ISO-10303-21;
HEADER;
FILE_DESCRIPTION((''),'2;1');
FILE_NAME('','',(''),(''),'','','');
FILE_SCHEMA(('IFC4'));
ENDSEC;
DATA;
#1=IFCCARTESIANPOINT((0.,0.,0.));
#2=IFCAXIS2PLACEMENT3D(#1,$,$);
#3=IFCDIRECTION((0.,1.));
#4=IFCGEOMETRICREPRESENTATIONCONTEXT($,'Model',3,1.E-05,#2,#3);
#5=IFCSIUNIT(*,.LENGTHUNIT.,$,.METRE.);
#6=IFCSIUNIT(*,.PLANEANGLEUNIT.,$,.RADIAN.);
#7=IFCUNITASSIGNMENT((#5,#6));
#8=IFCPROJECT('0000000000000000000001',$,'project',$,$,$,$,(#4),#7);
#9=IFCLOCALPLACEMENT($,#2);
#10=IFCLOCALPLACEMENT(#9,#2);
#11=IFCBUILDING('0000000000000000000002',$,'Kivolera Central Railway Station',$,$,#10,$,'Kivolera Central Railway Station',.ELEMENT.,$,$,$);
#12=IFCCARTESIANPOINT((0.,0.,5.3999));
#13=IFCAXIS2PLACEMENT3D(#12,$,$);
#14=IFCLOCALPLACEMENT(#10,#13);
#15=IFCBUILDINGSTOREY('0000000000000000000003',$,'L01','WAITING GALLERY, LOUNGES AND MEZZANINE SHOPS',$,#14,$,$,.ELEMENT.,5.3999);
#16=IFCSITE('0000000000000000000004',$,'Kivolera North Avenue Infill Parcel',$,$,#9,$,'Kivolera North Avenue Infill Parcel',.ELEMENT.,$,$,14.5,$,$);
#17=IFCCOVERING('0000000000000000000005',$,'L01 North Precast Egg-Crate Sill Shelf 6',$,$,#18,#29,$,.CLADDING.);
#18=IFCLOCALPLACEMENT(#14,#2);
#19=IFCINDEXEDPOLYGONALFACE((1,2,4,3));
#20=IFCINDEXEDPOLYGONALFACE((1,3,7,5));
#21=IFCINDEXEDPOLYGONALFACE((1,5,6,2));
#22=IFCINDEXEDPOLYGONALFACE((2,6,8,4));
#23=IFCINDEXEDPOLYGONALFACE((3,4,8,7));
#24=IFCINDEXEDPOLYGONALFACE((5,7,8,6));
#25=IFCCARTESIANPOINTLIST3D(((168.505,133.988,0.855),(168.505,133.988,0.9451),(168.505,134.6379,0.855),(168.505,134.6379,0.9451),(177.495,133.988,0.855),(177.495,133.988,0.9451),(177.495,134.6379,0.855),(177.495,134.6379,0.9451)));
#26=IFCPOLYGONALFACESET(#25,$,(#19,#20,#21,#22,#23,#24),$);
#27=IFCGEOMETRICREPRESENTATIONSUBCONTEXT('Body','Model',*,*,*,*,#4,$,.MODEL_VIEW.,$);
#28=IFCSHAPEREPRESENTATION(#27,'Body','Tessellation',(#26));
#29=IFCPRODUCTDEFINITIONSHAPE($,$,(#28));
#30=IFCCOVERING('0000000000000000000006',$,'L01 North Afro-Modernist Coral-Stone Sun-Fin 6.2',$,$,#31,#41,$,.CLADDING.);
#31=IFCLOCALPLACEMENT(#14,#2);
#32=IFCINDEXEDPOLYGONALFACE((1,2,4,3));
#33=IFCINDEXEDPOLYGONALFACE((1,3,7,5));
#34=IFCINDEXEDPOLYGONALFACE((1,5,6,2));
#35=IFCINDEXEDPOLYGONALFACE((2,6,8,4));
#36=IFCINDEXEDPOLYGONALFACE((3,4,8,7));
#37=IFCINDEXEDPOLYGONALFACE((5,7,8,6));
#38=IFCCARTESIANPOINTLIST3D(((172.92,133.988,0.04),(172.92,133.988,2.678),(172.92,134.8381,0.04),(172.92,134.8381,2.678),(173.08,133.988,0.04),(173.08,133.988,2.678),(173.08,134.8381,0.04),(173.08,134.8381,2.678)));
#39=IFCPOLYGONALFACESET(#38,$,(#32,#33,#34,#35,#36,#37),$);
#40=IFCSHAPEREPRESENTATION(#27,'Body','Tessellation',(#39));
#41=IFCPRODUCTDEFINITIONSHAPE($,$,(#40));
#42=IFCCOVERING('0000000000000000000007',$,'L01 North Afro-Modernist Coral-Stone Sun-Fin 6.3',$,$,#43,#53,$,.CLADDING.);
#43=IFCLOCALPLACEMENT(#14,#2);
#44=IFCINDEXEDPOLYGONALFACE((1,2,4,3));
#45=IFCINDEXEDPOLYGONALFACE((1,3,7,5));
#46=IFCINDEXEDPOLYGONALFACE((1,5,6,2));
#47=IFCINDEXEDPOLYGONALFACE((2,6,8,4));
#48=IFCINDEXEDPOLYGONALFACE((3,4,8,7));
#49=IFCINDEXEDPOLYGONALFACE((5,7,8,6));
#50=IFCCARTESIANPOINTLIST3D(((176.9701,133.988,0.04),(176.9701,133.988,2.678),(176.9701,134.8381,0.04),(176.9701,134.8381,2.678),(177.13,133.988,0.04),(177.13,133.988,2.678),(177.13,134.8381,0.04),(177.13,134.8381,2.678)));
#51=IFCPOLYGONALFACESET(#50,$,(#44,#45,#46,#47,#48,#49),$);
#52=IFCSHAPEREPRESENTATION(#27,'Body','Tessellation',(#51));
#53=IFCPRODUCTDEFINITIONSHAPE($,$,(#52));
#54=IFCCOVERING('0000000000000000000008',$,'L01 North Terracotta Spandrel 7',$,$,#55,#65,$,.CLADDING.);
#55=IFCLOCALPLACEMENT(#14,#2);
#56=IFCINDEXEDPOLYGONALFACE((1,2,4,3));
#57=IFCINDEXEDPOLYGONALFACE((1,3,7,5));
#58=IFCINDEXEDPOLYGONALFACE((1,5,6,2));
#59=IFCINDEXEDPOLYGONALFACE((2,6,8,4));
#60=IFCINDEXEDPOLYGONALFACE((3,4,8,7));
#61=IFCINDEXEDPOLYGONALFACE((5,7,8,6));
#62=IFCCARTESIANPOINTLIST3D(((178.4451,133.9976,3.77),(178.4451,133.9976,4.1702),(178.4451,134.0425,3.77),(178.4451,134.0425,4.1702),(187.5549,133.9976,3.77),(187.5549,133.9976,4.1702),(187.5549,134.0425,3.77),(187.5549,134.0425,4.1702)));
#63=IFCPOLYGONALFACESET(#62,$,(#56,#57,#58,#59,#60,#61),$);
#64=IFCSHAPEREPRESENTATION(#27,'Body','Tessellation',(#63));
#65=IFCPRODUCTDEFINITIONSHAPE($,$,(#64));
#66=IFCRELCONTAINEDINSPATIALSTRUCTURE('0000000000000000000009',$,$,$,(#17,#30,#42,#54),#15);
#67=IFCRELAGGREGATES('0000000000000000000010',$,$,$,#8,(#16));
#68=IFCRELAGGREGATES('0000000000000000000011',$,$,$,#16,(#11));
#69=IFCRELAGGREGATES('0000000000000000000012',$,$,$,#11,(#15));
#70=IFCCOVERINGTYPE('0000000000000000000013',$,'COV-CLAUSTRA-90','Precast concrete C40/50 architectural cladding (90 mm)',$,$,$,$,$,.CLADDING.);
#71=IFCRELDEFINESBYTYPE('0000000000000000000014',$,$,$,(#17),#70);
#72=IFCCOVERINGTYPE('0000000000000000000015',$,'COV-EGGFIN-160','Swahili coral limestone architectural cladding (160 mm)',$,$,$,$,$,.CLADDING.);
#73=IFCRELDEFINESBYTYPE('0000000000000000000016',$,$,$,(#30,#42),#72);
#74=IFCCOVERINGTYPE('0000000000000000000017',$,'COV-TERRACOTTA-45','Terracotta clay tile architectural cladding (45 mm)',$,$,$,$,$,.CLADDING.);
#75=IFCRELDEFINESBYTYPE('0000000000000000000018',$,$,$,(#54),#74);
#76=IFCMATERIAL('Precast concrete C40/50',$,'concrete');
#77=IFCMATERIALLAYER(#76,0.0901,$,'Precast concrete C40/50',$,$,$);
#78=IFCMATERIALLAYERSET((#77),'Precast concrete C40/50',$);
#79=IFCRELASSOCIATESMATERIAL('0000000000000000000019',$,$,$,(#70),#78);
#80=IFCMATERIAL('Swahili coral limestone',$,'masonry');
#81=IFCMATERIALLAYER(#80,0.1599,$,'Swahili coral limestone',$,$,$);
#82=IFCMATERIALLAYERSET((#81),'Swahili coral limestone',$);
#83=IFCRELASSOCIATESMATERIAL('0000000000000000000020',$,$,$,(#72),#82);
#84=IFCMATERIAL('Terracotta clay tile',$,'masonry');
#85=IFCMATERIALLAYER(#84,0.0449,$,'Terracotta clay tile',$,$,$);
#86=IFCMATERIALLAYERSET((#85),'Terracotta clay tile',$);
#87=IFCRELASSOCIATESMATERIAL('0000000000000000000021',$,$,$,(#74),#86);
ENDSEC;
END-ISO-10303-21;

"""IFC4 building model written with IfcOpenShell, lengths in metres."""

from ifc_helpers import new_model, si_unit, direction, frame, frame_2d, origin, origin_2d, place, context, subcontext, project, spatial, rectangle, extrude, material, layer, layer_set, type_object, element, save


model = new_model("IFC4")

# Units and contexts
model_context = context("Model", 3, precision=1e-05, world=origin(), true_north=direction((0.0, 1.0)))
body_context = subcontext(model_context, "Body", "Model", "MODEL_VIEW")
ifc_project = project(units=[si_unit("LENGTHUNIT", "METRE"), si_unit("PLANEANGLEUNIT", "RADIAN")], contexts=[model_context])

# Site, building, storey
site_placement = place(None, origin())
site = spatial("IfcSite", under=ifc_project, at=site_placement, Name="Kivolera North Avenue Infill Parcel", LongName="Kivolera North Avenue Infill Parcel", CompositionType="ELEMENT", RefElevation=14.5)
building_placement = place(site_placement, origin())
building = spatial("IfcBuilding", under=site, at=building_placement, Name="Kivolera Central Railway Station", LongName="Kivolera Central Railway Station", CompositionType="ELEMENT")
storey_placement = place(building_placement, frame((0.0, 0.0, 5.3999)))
storey = spatial("IfcBuildingStorey", under=building, at=storey_placement, Name="L01", Description="WAITING GALLERY, LOUNGES AND MEZZANINE SHOPS", CompositionType="ELEMENT", Elevation=5.3999)

# Shared definitions
ifc_material_1 = material(Name="Swahili coral limestone", Category="masonry")

# Coverings
ifc_material_2 = material(Name="Precast concrete C40/50", Category="concrete")
ifc_layer_1 = layer(ifc_material_2, 0.0901, Name="Precast concrete C40/50")
ifc_layer_set_1 = layer_set([ifc_layer_1], Name="Precast concrete C40/50")
covering_type_1 = type_object("IfcCoveringType", Name="COV-CLAUSTRA-90", Description="Precast concrete C40/50 architectural cladding (90 mm)", PredefinedType="CLADDING", material=ifc_layer_set_1)
covering_1_placement = place(storey_placement, frame((173.0, 134.313, 0.855), z_axis=(0.0, 0.0, 1.0), x_axis=(1.0, 0.0, 0.0)))
element("IfcCovering", 1, at=covering_1_placement, inside=storey, type_object=covering_type_1, Name="L01 North Precast Egg-Crate Sill Shelf 6", PredefinedType="CLADDING", context=body_context, shape_type="SweptSolid", body=[
    extrude(rectangle(XDim=8.99, YDim=0.6499, at=origin_2d()), origin(), (0.0, 0.0, 1.0), 0.0901),
])
ifc_layer_2 = layer(ifc_material_1, 0.1599, Name="Swahili coral limestone")
ifc_layer_set_2 = layer_set([ifc_layer_2], Name="Swahili coral limestone")
covering_type_2 = type_object("IfcCoveringType", Name="COV-EGGFIN-160", Description="Swahili coral limestone architectural cladding (160 mm)", PredefinedType="CLADDING", material=ifc_layer_set_2)
for number, where, z_axis, x_axis, name in (
    (2, (173.0, 134.4131, 0.04), (0.0, 0.0, 1.0), (1.0, 0.0, 0.0), "L01 North Afro-Modernist Coral-Stone Sun-Fin 6.2"),
    (3, (177.05, 134.4131, 0.04), (0.0, 0.0, 1.0), (1.0, 0.0, 0.0), "L01 North Afro-Modernist Coral-Stone Sun-Fin 6.3"),
):
    element("IfcCovering", number, at=place(storey_placement, frame(where, z_axis=z_axis, x_axis=x_axis)), inside=storey, type_object=covering_type_2, Name=name, PredefinedType="CLADDING", context=body_context, shape_type="SweptSolid", body=[
        extrude(rectangle(XDim=0.1599, YDim=0.8501, at=origin_2d()), origin(), (0.0, 0.0, 1.0), 2.6379),
    ])
ifc_material_3 = material(Name="Terracotta clay tile", Category="masonry")
ifc_layer_3 = layer(ifc_material_3, 0.0449, Name="Terracotta clay tile")
ifc_layer_set_3 = layer_set([ifc_layer_3], Name="Terracotta clay tile")
covering_type_3 = type_object("IfcCoveringType", Name="COV-TERRACOTTA-45", Description="Terracotta clay tile architectural cladding (45 mm)", PredefinedType="CLADDING", material=ifc_layer_set_3)
covering_2_placement = place(storey_placement, frame((178.4451, 134.02, 3.77), z_axis=(0.0, 0.0, 1.0), x_axis=(1.0, 0.0, 0.0)))
element("IfcCovering", 4, at=covering_2_placement, inside=storey, type_object=covering_type_3, Name="L01 North Terracotta Spandrel 7", PredefinedType="CLADDING", context=body_context, shape_type="SweptSolid", body=[
    extrude(rectangle(XDim=9.1099, YDim=0.0449, at=frame_2d((4.5549, 0.0))), origin(), (0.0, 0.0, 1.0), 0.4001),
])

save(model, "model.ifc")
